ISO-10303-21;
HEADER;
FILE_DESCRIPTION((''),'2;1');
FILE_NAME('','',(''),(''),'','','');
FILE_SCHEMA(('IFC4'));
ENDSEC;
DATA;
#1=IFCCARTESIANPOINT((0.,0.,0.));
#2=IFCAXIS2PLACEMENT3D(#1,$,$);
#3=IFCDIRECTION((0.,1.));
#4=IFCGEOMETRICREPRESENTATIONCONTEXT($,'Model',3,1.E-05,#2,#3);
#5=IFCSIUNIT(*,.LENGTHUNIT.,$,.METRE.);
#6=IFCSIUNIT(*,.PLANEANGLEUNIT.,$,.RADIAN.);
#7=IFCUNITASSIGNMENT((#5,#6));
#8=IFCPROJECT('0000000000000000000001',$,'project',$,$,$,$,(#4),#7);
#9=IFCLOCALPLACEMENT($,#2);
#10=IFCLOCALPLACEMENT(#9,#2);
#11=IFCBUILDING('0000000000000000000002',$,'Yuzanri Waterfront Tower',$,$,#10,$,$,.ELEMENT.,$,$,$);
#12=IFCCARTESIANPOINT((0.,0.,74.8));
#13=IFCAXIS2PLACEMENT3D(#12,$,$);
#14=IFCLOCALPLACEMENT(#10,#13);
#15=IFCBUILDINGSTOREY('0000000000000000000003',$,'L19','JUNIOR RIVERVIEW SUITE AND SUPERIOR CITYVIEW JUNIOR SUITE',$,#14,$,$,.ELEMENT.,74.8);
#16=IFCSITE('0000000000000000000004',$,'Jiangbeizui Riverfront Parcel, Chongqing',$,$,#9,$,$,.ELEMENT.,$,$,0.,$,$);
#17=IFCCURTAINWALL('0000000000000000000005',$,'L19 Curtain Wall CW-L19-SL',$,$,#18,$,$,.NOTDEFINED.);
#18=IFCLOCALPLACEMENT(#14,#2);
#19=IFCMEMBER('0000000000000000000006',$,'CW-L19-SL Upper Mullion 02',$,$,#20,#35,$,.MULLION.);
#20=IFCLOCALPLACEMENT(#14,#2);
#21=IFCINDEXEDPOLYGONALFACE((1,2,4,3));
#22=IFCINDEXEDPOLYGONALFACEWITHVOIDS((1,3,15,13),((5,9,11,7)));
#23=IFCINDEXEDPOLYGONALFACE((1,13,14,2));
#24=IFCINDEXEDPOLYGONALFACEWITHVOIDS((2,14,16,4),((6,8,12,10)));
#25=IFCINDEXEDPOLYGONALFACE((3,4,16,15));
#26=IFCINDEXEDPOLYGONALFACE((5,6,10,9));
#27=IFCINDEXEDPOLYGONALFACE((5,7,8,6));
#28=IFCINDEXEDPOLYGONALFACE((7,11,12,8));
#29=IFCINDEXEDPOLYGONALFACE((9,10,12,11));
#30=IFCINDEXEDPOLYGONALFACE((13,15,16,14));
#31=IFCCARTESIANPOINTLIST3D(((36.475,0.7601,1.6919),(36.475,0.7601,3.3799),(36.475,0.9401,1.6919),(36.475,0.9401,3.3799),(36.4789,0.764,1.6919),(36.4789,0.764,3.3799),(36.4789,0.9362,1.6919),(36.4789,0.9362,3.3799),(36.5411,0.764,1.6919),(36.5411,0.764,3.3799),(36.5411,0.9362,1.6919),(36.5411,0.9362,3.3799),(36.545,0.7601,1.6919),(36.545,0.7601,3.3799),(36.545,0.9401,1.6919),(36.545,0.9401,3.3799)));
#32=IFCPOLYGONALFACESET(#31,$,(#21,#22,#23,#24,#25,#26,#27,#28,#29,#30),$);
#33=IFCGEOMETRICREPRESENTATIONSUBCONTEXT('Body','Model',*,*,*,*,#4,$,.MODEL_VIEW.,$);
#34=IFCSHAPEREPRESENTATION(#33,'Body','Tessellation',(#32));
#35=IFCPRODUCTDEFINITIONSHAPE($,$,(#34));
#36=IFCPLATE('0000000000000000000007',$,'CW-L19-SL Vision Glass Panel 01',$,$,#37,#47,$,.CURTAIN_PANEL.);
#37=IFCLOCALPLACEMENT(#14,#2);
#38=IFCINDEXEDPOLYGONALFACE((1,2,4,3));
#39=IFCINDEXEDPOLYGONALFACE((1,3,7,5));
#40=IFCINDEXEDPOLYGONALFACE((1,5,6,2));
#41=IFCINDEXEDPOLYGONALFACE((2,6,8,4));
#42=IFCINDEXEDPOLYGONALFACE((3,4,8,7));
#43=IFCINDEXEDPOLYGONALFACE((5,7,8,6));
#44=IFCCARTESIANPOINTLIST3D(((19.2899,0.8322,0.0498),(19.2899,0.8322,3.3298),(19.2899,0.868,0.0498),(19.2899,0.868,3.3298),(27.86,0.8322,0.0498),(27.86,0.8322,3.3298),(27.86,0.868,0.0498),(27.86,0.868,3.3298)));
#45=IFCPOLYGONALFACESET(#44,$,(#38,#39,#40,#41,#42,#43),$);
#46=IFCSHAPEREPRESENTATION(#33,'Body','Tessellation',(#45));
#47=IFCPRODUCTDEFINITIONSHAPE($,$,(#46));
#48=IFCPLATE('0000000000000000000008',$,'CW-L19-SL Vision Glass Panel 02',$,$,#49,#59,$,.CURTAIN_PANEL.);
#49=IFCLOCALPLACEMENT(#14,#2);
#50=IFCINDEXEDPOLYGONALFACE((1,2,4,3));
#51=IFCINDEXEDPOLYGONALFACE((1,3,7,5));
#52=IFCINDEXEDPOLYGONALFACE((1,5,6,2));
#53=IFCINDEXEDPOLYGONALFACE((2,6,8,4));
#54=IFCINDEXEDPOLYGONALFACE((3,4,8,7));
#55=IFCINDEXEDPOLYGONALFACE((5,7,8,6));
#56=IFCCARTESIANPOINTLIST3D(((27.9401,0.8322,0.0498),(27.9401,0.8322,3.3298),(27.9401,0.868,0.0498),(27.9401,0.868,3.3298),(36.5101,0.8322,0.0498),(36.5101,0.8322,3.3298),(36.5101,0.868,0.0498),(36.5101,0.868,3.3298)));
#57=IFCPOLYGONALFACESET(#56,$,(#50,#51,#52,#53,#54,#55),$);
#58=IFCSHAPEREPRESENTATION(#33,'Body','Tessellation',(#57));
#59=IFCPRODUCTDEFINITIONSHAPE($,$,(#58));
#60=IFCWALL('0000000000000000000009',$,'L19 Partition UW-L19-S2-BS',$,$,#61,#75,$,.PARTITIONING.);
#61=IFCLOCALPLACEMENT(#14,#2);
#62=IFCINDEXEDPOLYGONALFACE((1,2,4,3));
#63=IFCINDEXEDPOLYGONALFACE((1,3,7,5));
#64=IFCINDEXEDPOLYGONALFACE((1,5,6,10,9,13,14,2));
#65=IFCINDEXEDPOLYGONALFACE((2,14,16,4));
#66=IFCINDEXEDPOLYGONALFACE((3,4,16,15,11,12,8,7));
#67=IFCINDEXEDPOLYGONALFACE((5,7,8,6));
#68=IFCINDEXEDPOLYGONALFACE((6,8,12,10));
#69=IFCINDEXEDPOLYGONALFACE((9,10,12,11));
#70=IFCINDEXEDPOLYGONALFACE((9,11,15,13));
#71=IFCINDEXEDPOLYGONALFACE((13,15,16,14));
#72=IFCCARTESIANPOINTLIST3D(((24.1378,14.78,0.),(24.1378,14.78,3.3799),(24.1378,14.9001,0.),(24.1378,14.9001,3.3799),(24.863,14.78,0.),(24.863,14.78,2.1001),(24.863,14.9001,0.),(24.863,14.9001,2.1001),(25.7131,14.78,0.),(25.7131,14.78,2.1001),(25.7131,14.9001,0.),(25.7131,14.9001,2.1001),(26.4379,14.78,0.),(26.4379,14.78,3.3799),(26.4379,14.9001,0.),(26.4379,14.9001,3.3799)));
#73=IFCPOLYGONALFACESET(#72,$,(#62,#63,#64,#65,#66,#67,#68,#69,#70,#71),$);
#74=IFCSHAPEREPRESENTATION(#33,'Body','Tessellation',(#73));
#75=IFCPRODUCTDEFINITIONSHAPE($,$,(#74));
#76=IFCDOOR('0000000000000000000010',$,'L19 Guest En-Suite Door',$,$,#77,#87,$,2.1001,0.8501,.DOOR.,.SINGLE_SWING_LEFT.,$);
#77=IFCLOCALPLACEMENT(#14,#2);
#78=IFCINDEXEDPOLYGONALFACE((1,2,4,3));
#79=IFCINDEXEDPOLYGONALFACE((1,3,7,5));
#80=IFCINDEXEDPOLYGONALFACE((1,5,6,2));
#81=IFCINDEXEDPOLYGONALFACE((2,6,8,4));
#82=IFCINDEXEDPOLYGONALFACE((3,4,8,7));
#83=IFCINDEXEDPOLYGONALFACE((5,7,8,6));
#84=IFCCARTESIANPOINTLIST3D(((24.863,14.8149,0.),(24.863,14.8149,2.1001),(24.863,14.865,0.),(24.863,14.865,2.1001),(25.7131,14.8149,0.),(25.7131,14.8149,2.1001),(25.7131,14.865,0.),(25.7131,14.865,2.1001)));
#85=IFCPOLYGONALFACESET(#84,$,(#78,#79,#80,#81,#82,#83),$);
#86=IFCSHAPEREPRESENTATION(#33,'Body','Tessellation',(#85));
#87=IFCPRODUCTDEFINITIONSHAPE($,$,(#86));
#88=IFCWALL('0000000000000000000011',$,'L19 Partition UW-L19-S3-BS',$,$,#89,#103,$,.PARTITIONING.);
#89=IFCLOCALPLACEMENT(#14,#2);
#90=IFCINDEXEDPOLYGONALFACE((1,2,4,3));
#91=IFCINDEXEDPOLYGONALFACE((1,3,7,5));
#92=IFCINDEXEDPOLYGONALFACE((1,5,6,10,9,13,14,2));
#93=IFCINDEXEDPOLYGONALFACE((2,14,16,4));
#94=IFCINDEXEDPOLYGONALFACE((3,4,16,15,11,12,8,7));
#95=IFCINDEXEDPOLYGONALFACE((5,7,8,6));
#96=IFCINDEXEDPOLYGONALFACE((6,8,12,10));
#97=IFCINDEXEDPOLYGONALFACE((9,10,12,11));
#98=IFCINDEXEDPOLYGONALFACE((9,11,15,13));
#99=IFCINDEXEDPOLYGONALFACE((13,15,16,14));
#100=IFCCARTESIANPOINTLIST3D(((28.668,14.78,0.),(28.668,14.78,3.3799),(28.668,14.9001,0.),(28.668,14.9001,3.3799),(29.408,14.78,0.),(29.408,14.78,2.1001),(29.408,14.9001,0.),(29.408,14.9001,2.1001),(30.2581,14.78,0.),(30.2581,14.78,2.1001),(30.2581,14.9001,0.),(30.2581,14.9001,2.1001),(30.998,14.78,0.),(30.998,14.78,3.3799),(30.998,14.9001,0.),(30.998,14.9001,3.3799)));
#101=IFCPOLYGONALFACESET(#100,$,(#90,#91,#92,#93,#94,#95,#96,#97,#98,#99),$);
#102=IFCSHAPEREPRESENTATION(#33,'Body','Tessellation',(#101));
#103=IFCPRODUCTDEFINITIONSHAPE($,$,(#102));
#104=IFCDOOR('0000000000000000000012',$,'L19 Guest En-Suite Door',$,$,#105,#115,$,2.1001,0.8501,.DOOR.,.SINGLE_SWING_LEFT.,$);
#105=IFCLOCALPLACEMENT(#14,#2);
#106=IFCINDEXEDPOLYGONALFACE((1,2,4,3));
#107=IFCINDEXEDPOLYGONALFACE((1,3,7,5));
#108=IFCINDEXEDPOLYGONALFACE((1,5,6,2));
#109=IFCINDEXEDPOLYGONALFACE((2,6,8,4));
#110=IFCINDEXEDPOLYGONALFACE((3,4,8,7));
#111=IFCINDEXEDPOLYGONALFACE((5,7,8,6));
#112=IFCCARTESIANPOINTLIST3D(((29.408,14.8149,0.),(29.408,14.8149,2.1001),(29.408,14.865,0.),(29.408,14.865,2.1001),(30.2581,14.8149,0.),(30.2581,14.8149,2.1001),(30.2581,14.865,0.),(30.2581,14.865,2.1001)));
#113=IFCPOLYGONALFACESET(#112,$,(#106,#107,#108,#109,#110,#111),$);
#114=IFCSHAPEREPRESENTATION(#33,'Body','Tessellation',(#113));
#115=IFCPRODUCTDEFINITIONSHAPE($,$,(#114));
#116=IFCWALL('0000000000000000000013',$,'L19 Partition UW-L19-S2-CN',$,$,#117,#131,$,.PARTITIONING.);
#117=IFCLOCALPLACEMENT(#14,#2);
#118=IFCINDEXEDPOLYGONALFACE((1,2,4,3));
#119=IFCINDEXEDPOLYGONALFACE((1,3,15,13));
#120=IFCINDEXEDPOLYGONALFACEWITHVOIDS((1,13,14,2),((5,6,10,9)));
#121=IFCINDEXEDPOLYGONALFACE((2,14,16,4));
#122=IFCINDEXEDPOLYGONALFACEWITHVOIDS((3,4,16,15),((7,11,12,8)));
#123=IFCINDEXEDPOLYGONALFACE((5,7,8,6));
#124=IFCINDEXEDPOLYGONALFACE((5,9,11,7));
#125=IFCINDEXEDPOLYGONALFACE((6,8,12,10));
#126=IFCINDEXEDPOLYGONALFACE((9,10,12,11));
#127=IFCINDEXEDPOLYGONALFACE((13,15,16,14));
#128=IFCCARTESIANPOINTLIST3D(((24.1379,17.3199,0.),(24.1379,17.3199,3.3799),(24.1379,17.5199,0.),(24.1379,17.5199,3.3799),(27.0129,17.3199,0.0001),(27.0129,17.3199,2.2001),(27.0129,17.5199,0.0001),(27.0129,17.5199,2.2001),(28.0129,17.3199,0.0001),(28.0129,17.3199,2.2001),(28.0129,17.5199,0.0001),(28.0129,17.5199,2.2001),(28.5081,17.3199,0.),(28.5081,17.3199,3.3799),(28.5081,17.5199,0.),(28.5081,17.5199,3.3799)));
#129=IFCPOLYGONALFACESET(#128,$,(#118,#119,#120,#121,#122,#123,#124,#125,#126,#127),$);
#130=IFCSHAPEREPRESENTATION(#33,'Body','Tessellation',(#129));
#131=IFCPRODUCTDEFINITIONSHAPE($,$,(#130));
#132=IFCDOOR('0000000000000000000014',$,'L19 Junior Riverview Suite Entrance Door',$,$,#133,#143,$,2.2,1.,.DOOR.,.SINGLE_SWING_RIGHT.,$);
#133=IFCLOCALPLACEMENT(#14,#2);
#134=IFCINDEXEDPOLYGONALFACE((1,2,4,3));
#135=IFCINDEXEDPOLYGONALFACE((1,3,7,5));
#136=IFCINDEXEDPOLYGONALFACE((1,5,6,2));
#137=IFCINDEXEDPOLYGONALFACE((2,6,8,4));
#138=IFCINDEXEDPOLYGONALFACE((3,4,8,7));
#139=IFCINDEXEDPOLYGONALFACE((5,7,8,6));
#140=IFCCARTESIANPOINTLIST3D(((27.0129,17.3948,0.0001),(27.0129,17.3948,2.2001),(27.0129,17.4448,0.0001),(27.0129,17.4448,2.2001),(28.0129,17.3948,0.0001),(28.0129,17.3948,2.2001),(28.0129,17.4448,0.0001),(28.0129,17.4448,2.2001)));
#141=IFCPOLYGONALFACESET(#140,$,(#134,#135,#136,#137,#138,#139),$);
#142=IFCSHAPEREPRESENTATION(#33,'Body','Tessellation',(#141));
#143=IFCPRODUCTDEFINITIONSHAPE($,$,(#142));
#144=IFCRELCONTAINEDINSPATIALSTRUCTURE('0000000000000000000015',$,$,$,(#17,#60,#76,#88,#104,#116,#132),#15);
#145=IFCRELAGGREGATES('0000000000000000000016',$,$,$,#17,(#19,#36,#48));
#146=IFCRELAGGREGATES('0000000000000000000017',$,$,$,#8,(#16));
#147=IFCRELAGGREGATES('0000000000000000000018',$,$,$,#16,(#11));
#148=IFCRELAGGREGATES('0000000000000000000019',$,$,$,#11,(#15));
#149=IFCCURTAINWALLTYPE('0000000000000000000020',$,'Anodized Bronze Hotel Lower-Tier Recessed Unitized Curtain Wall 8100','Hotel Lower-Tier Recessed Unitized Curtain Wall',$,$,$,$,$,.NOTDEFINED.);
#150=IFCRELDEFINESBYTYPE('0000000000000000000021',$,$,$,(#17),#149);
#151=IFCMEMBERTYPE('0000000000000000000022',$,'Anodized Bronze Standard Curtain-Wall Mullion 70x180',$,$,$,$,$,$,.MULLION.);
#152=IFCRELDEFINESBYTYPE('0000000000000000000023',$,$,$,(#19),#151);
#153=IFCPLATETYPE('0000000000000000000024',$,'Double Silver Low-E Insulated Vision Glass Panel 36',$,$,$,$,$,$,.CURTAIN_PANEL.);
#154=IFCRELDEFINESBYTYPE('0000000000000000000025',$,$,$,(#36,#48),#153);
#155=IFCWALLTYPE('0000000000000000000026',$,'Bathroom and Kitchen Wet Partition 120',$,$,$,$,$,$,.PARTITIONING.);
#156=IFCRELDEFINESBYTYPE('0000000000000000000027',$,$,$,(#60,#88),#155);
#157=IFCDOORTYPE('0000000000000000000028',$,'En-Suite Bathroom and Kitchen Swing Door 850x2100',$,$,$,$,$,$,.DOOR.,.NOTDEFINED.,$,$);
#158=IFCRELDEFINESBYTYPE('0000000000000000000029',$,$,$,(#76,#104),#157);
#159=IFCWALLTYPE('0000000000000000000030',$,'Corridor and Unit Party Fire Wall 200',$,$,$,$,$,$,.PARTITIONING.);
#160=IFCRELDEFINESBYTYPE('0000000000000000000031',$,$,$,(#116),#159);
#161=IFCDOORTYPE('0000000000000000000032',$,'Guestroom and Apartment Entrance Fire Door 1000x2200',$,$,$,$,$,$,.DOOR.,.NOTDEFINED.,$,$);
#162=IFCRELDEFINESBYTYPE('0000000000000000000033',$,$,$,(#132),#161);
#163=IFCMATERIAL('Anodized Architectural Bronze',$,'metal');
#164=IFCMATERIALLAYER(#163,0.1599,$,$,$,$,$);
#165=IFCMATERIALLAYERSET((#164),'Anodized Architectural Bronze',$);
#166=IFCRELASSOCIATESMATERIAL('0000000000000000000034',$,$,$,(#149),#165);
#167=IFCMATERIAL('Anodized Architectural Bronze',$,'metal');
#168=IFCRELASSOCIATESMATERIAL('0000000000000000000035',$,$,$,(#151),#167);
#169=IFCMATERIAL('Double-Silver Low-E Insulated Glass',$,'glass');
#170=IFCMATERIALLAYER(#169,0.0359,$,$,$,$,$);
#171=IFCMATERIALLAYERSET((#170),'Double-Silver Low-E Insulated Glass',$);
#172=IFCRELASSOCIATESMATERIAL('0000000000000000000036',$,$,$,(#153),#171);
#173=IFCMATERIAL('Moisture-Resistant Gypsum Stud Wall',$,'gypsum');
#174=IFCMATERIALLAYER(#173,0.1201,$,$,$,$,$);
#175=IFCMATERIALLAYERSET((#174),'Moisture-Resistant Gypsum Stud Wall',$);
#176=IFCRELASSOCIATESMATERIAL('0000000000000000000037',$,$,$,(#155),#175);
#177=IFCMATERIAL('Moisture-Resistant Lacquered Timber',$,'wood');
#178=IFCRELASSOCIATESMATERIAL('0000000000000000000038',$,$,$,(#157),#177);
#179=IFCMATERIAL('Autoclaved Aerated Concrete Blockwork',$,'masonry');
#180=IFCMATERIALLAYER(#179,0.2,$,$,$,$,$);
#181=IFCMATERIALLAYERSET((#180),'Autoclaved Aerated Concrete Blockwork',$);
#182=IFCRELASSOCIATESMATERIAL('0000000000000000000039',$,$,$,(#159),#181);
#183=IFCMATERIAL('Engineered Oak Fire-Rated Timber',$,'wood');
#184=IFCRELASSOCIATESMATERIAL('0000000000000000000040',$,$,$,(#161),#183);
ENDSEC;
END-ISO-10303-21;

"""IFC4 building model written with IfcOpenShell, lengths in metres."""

from ifc_helpers import new_model, si_unit, direction, frame, frame_2d, origin, origin_2d, place, context, subcontext, project, spatial, rectangle, hollow_rectangle, extrude, source, transform, mapped, material, layer, layer_set, material_profile, profile_set, type_object, element, fill, aggregate, save


model = new_model("IFC4")

# Units and contexts
model_context = context("Model", 3, precision=1e-05, world=origin(), true_north=direction((0.0, 1.0)))
body_context = subcontext(model_context, "Body", "Model", "MODEL_VIEW")
ifc_project = project(units=[si_unit("LENGTHUNIT", "METRE"), si_unit("PLANEANGLEUNIT", "RADIAN")], contexts=[model_context])

# Site, building, storey
site_placement = place(None, origin())
site = spatial("IfcSite", under=ifc_project, at=site_placement, Name="Jiangbeizui Riverfront Parcel, Chongqing", CompositionType="ELEMENT", RefElevation=0.0)
building_placement = place(site_placement, origin())
building = spatial("IfcBuilding", under=site, at=building_placement, Name="Yuzanri Waterfront Tower", CompositionType="ELEMENT")
storey_placement = place(building_placement, frame((0.0, 0.0, 74.8)))
storey = spatial("IfcBuildingStorey", under=building, at=storey_placement, Name="L19", Description="JUNIOR RIVERVIEW SUITE AND SUPERIOR CITYVIEW JUNIOR SUITE", CompositionType="ELEMENT", Elevation=74.8)

# Curtain wall, member, plates
ifc_material_1 = material(Name="Anodized Architectural Bronze", Category="metal")
ifc_layer_1 = layer(ifc_material_1, 0.1599)
ifc_layer_set_1 = layer_set([ifc_layer_1], Name="Anodized Architectural Bronze")
curtain_wall_type = type_object("IfcCurtainWallType", Name="Anodized Bronze Hotel Lower-Tier Recessed Unitized Curtain Wall 8100", Description="Hotel Lower-Tier Recessed Unitized Curtain Wall", PredefinedType="NOTDEFINED", material=ifc_layer_set_1)
curtain_wall_placement = place(storey_placement, origin())
curtain_wall = element("IfcCurtainWall", 1, at=curtain_wall_placement, inside=storey, type_object=curtain_wall_type, Name="L19 Curtain Wall CW-L19-SL", PredefinedType="NOTDEFINED")
ifc_material_2 = material(Name="Anodized Architectural Bronze", Category="metal")
ifc_material_profile_1 = material_profile(ifc_material_2, hollow_rectangle(XDim=0.0701, YDim=0.1799, WallThickness=0.0039, at=origin_2d()), Name="CWM 70x180")
ifc_profile_set_1 = profile_set([ifc_material_profile_1], Name="Anodized Architectural Bronze")
member_type = type_object("IfcMemberType", Name="Anodized Bronze Standard Curtain-Wall Mullion 70x180", PredefinedType="MULLION", material=ifc_profile_set_1)
shared_shape_1 = source(origin(), body_context, "Body", "SweptSolid", [
    extrude(hollow_rectangle(XDim=0.0701, YDim=0.1799, WallThickness=0.0039, at=origin_2d()), origin(), (0.0, 0.0, 1.0), 1.688),
])
member_1_placement = place(storey_placement, frame((36.51, 0.8501, 1.6919), z_axis=(0.0, 0.0, 1.0), x_axis=(1.0, 0.0, 0.0)))
member_1 = element("IfcMember", 2, at=member_1_placement, type_object=member_type, Name="CW-L19-SL Upper Mullion 02", PredefinedType="MULLION", context=body_context, shape_type="MappedRepresentation", body=[
    mapped(shared_shape_1, transform((0.0, 0.0, 0.0), scale=1.0)),
])
ifc_material_3 = material(Name="Double-Silver Low-E Insulated Glass", Category="glass")
ifc_layer_2 = layer(ifc_material_3, 0.0359)
ifc_layer_set_2 = layer_set([ifc_layer_2], Name="Double-Silver Low-E Insulated Glass")
plate_type = type_object("IfcPlateType", Name="Double Silver Low-E Insulated Vision Glass Panel 36", PredefinedType="CURTAIN_PANEL", material=ifc_layer_set_2)
shared_shape_2 = source(origin(), body_context, "Body", "SweptSolid", [
    extrude(rectangle(XDim=8.5701, YDim=0.0359, at=origin_2d()), origin(), (0.0, 0.0, 1.0), 3.28),
])
plate_1_placement = place(storey_placement, frame((23.575, 0.8501, 0.0498), z_axis=(0.0, 0.0, 1.0), x_axis=(1.0, 0.0, 0.0)))
plate_1 = element("IfcPlate", 3, at=plate_1_placement, type_object=plate_type, Name="CW-L19-SL Vision Glass Panel 01", PredefinedType="CURTAIN_PANEL", context=body_context, shape_type="MappedRepresentation", body=[
    mapped(shared_shape_2, transform((0.0, 0.0, 0.0), scale=1.0)),
])
plate_2_placement = place(storey_placement, frame((32.2251, 0.8501, 0.0498), z_axis=(0.0, 0.0, 1.0), x_axis=(1.0, 0.0, 0.0)))
plate_2 = element("IfcPlate", 4, at=plate_2_placement, type_object=plate_type, Name="CW-L19-SL Vision Glass Panel 02", PredefinedType="CURTAIN_PANEL", context=body_context, shape_type="MappedRepresentation", body=[
    mapped(shared_shape_2, transform((0.0, 0.0, 0.0), scale=1.0)),
])
aggregate(curtain_wall, [member_1, plate_1, plate_2])

# Walls, openings, doors
ifc_material_4 = material(Name="Moisture-Resistant Gypsum Stud Wall", Category="gypsum")
ifc_layer_3 = layer(ifc_material_4, 0.1201)
ifc_layer_set_3 = layer_set([ifc_layer_3], Name="Moisture-Resistant Gypsum Stud Wall")
wall_type_1 = type_object("IfcWallType", Name="Bathroom and Kitchen Wet Partition 120", PredefinedType="PARTITIONING", material=ifc_layer_set_3)
wall_1_placement = place(storey_placement, frame((24.1379, 14.8401, 0.0), z_axis=(0.0, 0.0, 1.0), x_axis=(1.0, 0.0, 0.0)))
wall_1 = element("IfcWall", 5, at=wall_1_placement, inside=storey, type_object=wall_type_1, Name="L19 Partition UW-L19-S2-BS", PredefinedType="PARTITIONING", context=body_context, shape_type="SweptSolid", body=[
    extrude(rectangle(XDim=2.3, YDim=0.1201, at=frame_2d((1.1499, 0.0))), origin(), (0.0, 0.0, 1.0), 3.3799),
])
opening_1_placement = place(wall_1_placement, frame((0.7251, 0.0, 0.0)))
opening_1 = element("IfcOpeningElement", 6, at=opening_1_placement, cuts=wall_1, PredefinedType="OPENING", context=body_context, shape_type="SweptSolid", body=[
    extrude(rectangle(XDim=0.8501, YDim=2.1001, at=frame_2d((0.425, 1.05))), frame((0.0, 0.075, 0.0), z_axis=(0.0, -1.0, 0.0), x_axis=(1.0, 0.0, 0.0)), (0.0, 0.0, 1.0), 0.1499),
])
ifc_material_5 = material(Name="Moisture-Resistant Lacquered Timber", Category="wood")
door_type_1 = type_object("IfcDoorType", Name="En-Suite Bathroom and Kitchen Swing Door 850x2100", OperationType="NOTDEFINED", PredefinedType="DOOR", material=ifc_material_5)
shared_shape_3 = source(origin(), body_context, "Body", "SweptSolid", [
    extrude(rectangle(XDim=0.8501, YDim=2.1001, at=frame_2d((0.425, 1.05))), frame((0.0, 0.0249, 0.0), z_axis=(0.0, -1.0, 0.0), x_axis=(1.0, 0.0, 0.0)), (0.0, 0.0, 1.0), 0.05),
])
door_1_placement = place(opening_1_placement, origin())
door_1 = element("IfcDoor", 7, at=door_1_placement, inside=storey, type_object=door_type_1, Name="L19 Guest En-Suite Door", OperationType="SINGLE_SWING_LEFT", OverallHeight=2.1001, OverallWidth=0.8501, PredefinedType="DOOR", context=body_context, shape_type="MappedRepresentation", body=[
    mapped(shared_shape_3, transform((0.0, 0.0, 0.0), scale=1.0)),
])
fill(opening_1, door_1)
wall_2_placement = place(storey_placement, frame((28.668, 14.8401, 0.0), z_axis=(0.0, 0.0, 1.0), x_axis=(1.0, 0.0, 0.0)))
wall_2 = element("IfcWall", 8, at=wall_2_placement, inside=storey, type_object=wall_type_1, Name="L19 Partition UW-L19-S3-BS", PredefinedType="PARTITIONING", context=body_context, shape_type="SweptSolid", body=[
    extrude(rectangle(XDim=2.3301, YDim=0.1201, at=frame_2d((1.165, 0.0))), origin(), (0.0, 0.0, 1.0), 3.3799),
])
opening_2_placement = place(wall_2_placement, frame((0.74, 0.0, 0.0)))
opening_2 = element("IfcOpeningElement", 9, at=opening_2_placement, cuts=wall_2, PredefinedType="OPENING", context=body_context, shape_type="SweptSolid", body=[
    extrude(rectangle(XDim=0.8501, YDim=2.1001, at=frame_2d((0.425, 1.05))), frame((0.0, 0.075, 0.0), z_axis=(0.0, -1.0, 0.0), x_axis=(1.0, 0.0, 0.0)), (0.0, 0.0, 1.0), 0.1499),
])
door_2_placement = place(opening_2_placement, origin())
door_2 = element("IfcDoor", 10, at=door_2_placement, inside=storey, type_object=door_type_1, Name="L19 Guest En-Suite Door", OperationType="SINGLE_SWING_LEFT", OverallHeight=2.1001, OverallWidth=0.8501, PredefinedType="DOOR", context=body_context, shape_type="MappedRepresentation", body=[
    mapped(shared_shape_3, transform((0.0, 0.0, 0.0), scale=1.0)),
])
fill(opening_2, door_2)
ifc_material_6 = material(Name="Autoclaved Aerated Concrete Blockwork", Category="masonry")
ifc_layer_4 = layer(ifc_material_6, 0.2)
ifc_layer_set_4 = layer_set([ifc_layer_4], Name="Autoclaved Aerated Concrete Blockwork")
wall_type_2 = type_object("IfcWallType", Name="Corridor and Unit Party Fire Wall 200", PredefinedType="PARTITIONING", material=ifc_layer_set_4)
wall_3_placement = place(storey_placement, frame((24.1379, 17.4199, 0.0), z_axis=(0.0, 0.0, 1.0), x_axis=(1.0, 0.0, 0.0)))
wall_3 = element("IfcWall", 11, at=wall_3_placement, inside=storey, type_object=wall_type_2, Name="L19 Partition UW-L19-S2-CN", PredefinedType="PARTITIONING", context=body_context, shape_type="SweptSolid", body=[
    extrude(rectangle(XDim=4.3701, YDim=0.2, at=frame_2d((2.1851, 0.0))), origin(), (0.0, 0.0, 1.0), 3.3799),
])
opening_3_placement = place(wall_3_placement, frame((2.875, 0.0, 0.0)))
opening_3 = element("IfcOpeningElement", 12, at=opening_3_placement, cuts=wall_3, PredefinedType="OPENING", context=body_context, shape_type="SweptSolid", body=[
    extrude(rectangle(XDim=1.0, YDim=2.2, at=frame_2d((0.5, 1.1001))), frame((0.0, 0.1147, 0.0), z_axis=(0.0, -1.0, 0.0), x_axis=(1.0, 0.0, 0.0)), (0.0, 0.0, 1.0), 0.2297),
])
ifc_material_7 = material(Name="Engineered Oak Fire-Rated Timber", Category="wood")
door_type_2 = type_object("IfcDoorType", Name="Guestroom and Apartment Entrance Fire Door 1000x2200", OperationType="NOTDEFINED", PredefinedType="DOOR", material=ifc_material_7)
shared_shape_4 = source(origin(), body_context, "Body", "SweptSolid", [
    extrude(rectangle(XDim=1.0, YDim=2.2, at=frame_2d((0.5, 1.1001))), frame((0.0, 0.0249, 0.0), z_axis=(0.0, -1.0, 0.0), x_axis=(1.0, 0.0, 0.0)), (0.0, 0.0, 1.0), 0.05),
])
door_3_placement = place(opening_3_placement, origin())
door_3 = element("IfcDoor", 13, at=door_3_placement, inside=storey, type_object=door_type_2, Name="L19 Junior Riverview Suite Entrance Door", OperationType="SINGLE_SWING_RIGHT", OverallHeight=2.2, OverallWidth=1.0, PredefinedType="DOOR", context=body_context, shape_type="MappedRepresentation", body=[
    mapped(shared_shape_4, transform((0.0, 0.0, 0.0), scale=1.0)),
])
fill(opening_3, door_3)

save(model, "model.ifc")
